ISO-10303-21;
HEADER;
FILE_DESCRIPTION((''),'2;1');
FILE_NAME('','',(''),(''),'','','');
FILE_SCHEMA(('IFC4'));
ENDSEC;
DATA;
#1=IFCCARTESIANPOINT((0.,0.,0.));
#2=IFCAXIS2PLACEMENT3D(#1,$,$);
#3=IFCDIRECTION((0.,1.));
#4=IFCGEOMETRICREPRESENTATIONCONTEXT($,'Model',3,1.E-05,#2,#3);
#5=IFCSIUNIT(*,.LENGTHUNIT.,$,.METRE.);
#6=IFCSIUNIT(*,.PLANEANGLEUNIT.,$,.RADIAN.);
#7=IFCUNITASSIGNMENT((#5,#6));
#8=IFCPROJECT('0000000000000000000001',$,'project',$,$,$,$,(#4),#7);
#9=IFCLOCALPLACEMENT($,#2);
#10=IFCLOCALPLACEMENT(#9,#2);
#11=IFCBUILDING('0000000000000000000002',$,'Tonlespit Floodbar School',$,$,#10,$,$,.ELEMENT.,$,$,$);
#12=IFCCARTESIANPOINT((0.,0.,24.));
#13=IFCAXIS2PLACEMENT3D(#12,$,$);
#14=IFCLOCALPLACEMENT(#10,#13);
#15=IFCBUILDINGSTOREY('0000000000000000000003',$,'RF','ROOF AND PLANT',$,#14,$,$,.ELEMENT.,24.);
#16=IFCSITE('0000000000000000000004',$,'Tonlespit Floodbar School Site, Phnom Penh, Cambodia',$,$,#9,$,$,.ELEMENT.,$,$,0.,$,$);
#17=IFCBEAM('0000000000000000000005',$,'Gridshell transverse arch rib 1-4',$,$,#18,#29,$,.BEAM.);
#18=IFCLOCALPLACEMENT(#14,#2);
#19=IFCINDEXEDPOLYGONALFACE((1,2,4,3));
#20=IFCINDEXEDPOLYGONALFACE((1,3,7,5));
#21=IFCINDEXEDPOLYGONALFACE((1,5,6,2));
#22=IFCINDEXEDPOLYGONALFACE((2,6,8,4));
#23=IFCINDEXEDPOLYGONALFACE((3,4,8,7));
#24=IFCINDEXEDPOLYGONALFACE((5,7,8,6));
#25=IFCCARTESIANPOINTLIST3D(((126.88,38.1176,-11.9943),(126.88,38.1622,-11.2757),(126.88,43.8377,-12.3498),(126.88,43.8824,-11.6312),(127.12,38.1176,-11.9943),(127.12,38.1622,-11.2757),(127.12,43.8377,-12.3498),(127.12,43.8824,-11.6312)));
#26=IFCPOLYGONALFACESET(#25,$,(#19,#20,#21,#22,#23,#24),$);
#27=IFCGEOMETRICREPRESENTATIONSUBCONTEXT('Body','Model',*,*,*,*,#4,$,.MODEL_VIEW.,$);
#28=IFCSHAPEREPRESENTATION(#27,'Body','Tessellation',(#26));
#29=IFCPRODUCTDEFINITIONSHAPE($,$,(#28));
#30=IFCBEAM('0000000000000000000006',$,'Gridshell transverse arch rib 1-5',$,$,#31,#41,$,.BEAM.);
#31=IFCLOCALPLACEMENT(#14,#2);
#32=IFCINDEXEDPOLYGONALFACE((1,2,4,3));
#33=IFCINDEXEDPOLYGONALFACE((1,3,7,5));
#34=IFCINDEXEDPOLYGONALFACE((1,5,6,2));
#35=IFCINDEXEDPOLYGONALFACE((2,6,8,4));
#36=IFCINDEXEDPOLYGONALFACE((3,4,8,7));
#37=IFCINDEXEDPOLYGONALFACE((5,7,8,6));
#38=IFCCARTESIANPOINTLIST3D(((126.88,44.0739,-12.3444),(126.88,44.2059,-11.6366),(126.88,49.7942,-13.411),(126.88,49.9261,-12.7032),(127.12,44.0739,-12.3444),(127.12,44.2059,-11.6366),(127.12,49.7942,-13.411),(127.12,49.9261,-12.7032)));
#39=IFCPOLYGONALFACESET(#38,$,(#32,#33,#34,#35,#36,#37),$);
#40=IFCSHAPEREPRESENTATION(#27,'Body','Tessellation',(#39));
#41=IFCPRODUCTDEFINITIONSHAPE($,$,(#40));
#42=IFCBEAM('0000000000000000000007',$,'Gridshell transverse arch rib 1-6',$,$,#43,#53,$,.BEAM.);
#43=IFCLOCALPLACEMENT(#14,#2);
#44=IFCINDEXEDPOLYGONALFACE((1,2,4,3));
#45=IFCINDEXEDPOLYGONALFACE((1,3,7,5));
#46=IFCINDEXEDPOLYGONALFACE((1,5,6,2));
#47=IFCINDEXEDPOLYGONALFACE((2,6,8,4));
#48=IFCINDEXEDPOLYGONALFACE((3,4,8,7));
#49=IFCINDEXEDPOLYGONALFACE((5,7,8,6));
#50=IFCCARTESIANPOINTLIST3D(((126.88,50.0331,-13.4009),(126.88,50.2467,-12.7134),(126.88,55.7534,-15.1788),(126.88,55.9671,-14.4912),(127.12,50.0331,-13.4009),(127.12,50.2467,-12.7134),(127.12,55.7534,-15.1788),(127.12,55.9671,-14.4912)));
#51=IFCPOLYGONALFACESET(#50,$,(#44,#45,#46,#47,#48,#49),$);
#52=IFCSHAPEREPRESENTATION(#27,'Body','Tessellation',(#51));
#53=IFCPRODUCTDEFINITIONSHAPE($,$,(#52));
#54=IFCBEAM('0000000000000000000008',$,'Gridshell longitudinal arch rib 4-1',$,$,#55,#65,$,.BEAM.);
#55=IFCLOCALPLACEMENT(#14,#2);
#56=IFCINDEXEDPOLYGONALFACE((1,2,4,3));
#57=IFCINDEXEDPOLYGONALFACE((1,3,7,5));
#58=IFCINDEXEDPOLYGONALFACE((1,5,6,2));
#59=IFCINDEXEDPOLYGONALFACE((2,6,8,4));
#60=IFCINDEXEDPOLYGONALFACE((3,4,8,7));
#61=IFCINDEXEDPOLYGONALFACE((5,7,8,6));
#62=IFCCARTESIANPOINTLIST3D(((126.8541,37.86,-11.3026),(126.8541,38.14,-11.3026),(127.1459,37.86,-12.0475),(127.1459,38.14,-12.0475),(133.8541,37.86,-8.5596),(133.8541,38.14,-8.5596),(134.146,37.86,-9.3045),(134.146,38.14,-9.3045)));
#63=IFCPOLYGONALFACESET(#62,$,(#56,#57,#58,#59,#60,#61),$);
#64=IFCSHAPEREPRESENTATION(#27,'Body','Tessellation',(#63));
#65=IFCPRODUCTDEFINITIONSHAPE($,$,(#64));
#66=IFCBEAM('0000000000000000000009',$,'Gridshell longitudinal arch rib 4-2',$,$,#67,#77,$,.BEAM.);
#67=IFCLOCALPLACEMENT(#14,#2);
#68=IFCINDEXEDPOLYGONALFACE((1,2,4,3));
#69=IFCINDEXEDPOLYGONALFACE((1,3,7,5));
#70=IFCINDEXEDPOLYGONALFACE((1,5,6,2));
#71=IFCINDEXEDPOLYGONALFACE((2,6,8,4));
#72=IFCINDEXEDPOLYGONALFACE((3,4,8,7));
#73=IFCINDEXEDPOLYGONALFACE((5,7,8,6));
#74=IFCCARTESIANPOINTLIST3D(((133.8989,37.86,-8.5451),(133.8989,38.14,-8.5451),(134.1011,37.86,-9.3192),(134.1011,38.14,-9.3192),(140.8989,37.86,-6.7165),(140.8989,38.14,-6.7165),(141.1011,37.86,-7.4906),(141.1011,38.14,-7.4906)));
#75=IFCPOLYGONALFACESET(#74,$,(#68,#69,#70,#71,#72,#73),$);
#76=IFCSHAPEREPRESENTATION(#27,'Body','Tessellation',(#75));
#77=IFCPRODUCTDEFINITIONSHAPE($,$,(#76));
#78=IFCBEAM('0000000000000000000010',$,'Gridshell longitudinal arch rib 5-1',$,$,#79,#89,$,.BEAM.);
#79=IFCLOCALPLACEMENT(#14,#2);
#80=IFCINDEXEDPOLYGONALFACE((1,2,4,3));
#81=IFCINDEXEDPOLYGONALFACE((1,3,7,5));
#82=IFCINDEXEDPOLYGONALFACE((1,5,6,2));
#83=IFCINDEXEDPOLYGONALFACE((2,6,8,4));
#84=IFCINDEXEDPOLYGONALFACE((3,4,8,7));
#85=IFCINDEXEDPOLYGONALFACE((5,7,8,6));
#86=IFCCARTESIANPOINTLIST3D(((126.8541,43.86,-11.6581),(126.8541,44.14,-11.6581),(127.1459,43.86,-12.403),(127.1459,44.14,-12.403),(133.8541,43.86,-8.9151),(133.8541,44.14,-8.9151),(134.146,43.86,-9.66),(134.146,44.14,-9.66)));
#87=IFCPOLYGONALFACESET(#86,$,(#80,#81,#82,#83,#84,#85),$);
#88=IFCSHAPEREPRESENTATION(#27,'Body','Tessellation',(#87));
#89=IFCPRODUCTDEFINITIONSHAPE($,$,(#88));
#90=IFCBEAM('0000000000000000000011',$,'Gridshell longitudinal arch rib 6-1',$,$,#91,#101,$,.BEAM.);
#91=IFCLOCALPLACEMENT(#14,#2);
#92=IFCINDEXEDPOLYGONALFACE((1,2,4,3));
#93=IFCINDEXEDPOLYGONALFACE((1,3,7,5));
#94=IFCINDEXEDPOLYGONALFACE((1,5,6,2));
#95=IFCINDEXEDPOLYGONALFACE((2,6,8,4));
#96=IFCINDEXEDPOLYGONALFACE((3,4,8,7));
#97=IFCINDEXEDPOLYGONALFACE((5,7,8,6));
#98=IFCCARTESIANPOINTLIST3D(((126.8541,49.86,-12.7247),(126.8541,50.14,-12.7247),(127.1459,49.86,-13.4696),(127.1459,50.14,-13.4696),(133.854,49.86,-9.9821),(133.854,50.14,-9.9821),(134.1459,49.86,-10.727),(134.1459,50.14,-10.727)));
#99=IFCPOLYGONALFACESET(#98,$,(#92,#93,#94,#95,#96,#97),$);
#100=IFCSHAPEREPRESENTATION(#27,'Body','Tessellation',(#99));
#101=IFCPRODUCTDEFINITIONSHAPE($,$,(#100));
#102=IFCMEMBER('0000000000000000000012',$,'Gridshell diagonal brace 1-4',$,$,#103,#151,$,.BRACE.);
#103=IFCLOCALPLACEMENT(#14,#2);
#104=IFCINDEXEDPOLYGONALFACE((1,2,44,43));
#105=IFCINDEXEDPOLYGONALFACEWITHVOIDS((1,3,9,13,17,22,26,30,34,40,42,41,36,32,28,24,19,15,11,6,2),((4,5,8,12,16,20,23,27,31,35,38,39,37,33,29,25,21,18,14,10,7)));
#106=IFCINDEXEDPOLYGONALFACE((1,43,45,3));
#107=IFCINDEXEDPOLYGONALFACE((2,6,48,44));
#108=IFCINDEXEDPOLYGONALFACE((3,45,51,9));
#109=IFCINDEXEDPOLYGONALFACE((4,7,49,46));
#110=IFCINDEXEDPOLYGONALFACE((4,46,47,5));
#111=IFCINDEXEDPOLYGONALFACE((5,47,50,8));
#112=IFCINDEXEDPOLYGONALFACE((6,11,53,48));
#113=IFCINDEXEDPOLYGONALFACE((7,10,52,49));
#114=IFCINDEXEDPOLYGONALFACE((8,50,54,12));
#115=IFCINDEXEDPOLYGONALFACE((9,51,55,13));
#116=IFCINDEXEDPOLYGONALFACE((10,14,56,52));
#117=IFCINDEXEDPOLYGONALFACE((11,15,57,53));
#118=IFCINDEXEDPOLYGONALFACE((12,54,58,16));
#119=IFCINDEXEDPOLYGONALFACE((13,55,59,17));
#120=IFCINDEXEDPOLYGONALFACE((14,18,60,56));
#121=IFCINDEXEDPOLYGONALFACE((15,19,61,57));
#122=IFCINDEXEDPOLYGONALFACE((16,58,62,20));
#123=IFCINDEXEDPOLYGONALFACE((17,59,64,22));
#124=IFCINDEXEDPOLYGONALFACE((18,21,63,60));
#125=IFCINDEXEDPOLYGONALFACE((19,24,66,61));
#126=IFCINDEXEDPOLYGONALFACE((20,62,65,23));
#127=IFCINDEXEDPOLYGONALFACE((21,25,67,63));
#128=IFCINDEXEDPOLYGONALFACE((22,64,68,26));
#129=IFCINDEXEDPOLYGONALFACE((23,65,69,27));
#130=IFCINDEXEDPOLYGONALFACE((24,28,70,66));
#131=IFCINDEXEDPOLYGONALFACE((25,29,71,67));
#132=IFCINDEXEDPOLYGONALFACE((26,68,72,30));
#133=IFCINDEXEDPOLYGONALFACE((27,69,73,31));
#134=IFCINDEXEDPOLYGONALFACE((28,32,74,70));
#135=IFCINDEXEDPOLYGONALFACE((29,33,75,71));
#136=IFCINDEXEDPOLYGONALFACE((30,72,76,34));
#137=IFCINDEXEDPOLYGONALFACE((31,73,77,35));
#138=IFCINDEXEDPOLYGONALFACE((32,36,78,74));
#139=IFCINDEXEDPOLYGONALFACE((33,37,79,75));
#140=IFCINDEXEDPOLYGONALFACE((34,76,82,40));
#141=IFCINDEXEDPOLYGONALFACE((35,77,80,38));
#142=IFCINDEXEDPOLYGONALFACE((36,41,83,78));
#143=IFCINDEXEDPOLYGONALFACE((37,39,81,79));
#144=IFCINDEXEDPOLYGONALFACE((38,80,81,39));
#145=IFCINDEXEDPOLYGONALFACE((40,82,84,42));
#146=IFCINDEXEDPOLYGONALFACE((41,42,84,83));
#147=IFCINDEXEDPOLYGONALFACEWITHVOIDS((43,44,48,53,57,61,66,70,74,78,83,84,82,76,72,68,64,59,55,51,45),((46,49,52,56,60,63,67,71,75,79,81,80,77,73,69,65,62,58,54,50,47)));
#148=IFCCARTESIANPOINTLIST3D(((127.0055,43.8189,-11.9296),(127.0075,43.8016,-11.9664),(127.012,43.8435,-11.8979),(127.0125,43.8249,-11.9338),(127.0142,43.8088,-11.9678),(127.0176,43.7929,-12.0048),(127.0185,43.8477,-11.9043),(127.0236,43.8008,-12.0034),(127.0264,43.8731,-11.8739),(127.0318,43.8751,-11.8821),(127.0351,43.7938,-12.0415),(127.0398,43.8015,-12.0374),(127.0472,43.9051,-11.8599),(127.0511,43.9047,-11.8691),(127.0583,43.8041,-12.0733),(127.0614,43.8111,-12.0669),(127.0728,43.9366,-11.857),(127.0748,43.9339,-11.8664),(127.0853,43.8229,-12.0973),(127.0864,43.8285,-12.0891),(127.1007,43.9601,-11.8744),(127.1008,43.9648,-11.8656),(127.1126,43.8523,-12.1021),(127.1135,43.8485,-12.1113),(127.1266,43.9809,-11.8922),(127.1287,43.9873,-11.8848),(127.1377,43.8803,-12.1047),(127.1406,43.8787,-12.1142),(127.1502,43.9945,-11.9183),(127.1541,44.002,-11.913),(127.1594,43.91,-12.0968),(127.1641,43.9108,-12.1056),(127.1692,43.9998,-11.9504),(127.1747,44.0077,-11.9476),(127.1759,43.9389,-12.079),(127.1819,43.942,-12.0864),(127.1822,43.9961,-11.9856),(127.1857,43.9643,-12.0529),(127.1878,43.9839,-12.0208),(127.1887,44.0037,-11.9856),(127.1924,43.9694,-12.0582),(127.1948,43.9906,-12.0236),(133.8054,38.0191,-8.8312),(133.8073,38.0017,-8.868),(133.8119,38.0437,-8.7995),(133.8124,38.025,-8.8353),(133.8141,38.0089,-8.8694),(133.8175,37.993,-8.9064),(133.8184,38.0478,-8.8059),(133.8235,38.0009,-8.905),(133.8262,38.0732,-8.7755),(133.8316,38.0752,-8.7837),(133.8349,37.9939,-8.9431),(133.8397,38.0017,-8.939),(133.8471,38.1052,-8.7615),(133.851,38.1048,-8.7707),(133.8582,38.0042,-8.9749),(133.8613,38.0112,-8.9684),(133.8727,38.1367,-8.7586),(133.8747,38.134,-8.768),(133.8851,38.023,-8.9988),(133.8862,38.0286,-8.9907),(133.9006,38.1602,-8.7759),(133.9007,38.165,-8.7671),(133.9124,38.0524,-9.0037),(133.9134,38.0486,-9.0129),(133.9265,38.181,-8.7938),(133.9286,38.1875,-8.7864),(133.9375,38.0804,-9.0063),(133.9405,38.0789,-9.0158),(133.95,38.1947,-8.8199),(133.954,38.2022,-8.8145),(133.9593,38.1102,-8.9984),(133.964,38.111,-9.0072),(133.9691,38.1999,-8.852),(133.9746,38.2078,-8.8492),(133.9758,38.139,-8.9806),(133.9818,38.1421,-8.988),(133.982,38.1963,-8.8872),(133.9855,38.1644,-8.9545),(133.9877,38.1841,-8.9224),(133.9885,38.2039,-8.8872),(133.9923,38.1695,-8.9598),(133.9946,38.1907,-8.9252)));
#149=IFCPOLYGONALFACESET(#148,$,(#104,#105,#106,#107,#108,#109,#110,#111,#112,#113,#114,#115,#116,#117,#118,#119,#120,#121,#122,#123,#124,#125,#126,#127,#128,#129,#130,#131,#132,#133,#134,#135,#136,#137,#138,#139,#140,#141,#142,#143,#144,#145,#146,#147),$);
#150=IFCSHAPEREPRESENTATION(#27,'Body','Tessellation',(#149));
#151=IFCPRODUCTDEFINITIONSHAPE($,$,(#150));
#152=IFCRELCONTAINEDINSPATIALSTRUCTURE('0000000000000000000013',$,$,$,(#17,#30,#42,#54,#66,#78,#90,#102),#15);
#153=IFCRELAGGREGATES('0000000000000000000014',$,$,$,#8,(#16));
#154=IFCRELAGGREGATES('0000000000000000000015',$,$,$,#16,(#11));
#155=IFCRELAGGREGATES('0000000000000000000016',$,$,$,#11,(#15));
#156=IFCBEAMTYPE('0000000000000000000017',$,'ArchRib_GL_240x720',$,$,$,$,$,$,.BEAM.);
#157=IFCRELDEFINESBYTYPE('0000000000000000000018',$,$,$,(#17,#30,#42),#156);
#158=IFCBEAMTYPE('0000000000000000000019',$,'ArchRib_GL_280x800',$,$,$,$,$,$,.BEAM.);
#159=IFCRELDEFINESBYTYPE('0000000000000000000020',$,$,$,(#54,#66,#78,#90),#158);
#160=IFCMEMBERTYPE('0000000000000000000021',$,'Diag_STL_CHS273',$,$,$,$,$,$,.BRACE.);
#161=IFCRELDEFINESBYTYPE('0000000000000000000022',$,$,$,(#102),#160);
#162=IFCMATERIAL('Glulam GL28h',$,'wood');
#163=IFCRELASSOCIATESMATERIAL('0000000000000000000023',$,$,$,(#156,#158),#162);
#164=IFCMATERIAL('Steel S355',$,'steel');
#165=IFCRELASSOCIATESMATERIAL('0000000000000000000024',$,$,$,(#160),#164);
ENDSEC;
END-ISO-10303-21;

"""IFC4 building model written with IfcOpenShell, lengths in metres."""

from ifc_helpers import new_model, si_unit, direction, frame, origin, origin_2d, place, context, subcontext, project, spatial, rectangle, hollow_circle, extrude, material, material_profile, profile_set, type_object, element, save


model = new_model("IFC4")

# Units and contexts
model_context = context("Model", 3, precision=1e-05, world=origin(), true_north=direction((0.0, 1.0)))
body_context = subcontext(model_context, "Body", "Model", "MODEL_VIEW")
ifc_project = project(units=[si_unit("LENGTHUNIT", "METRE"), si_unit("PLANEANGLEUNIT", "RADIAN")], contexts=[model_context])

# Site, building, storey
site_placement = place(None, origin())
site = spatial("IfcSite", under=ifc_project, at=site_placement, Name="Tonlespit Floodbar School Site, Phnom Penh, Cambodia", CompositionType="ELEMENT", RefElevation=0.0)
building_placement = place(site_placement, origin())
building = spatial("IfcBuilding", under=site, at=building_placement, Name="Tonlespit Floodbar School", CompositionType="ELEMENT")
storey_placement = place(building_placement, frame((0.0, 0.0, 24.0)))
storey = spatial("IfcBuildingStorey", under=building, at=storey_placement, Name="RF", Description="ROOF AND PLANT", CompositionType="ELEMENT", Elevation=24.0)

# Beams
ifc_material_1 = material(Name="Glulam GL28h", Category="wood")
ifc_material_profile_1 = material_profile(ifc_material_1, rectangle(XDim=0.24, YDim=0.72, at=origin_2d()), Name="GL 240x720")
ifc_profile_set_1 = profile_set([ifc_material_profile_1], Name="Glulam GL28h")
beam_type_1 = type_object("IfcBeamType", Name="ArchRib_GL_240x720", PredefinedType="BEAM", material=ifc_profile_set_1)
beam_1_placement = place(storey_placement, frame((127.0, 38.1399, -11.635), z_axis=(0.0, 0.998075, -0.062023), x_axis=(-1.0, 0.0, 0.0)))
element("IfcBeam", 1, at=beam_1_placement, inside=storey, type_object=beam_type_1, Name="Gridshell transverse arch rib 1-4", PredefinedType="BEAM", context=body_context, shape_type="SweptSolid", body=[
    extrude(rectangle(XDim=0.24, YDim=0.72, at=origin_2d()), origin(), (0.0, 0.0, 1.0), 5.7312),
])
beam_2_placement = place(storey_placement, frame((127.0, 44.1399, -11.9905), z_axis=(0.0, 0.983055, -0.183311), x_axis=(-1.0, 0.0, 0.0)))
element("IfcBeam", 2, at=beam_2_placement, inside=storey, type_object=beam_type_1, Name="Gridshell transverse arch rib 1-5", PredefinedType="BEAM", context=body_context, shape_type="SweptSolid", body=[
    extrude(rectangle(XDim=0.24, YDim=0.72, at=origin_2d()), origin(), (0.0, 0.0, 1.0), 5.8188),
])
beam_3_placement = place(storey_placement, frame((127.0, 50.1399, -13.0571), z_axis=(0.0, 0.954942, -0.296794), x_axis=(-1.0, 0.0, 0.0)))
element("IfcBeam", 3, at=beam_3_placement, inside=storey, type_object=beam_type_1, Name="Gridshell transverse arch rib 1-6", PredefinedType="BEAM", context=body_context, shape_type="SweptSolid", body=[
    extrude(rectangle(XDim=0.24, YDim=0.72, at=origin_2d()), origin(), (0.0, 0.0, 1.0), 5.9902),
])
ifc_material_profile_2 = material_profile(ifc_material_1, rectangle(XDim=0.28, YDim=0.8, at=origin_2d()), Name="GL 280x800")
ifc_profile_set_2 = profile_set([ifc_material_profile_2], Name="Glulam GL28h")
beam_type_2 = type_object("IfcBeamType", Name="ArchRib_GL_280x800", PredefinedType="BEAM", material=ifc_profile_set_2)
beam_4_placement = place(storey_placement, frame((127.0, 38.0, -11.675), z_axis=(0.931072, 0.0, 0.364836), x_axis=(0.0, 1.0, 0.0)))
element("IfcBeam", 4, at=beam_4_placement, inside=storey, type_object=beam_type_2, Name="Gridshell longitudinal arch rib 4-1", PredefinedType="BEAM", context=body_context, shape_type="SweptSolid", body=[
    extrude(rectangle(XDim=0.28, YDim=0.8, at=origin_2d()), origin(), (0.0, 0.0, 1.0), 7.5183),
])
beam_5_placement = place(storey_placement, frame((134.0, 38.0, -8.9321), z_axis=(0.967532, 0.0, 0.252749), x_axis=(0.0, 1.0, 0.0)))
element("IfcBeam", 5, at=beam_5_placement, inside=storey, type_object=beam_type_2, Name="Gridshell longitudinal arch rib 4-2", PredefinedType="BEAM", context=body_context, shape_type="SweptSolid", body=[
    extrude(rectangle(XDim=0.28, YDim=0.8, at=origin_2d()), origin(), (0.0, 0.0, 1.0), 7.2349),
])
beam_6_placement = place(storey_placement, frame((127.0, 44.0, -12.0305), z_axis=(0.931072, 0.0, 0.364836), x_axis=(0.0, 1.0, 0.0)))
element("IfcBeam", 6, at=beam_6_placement, inside=storey, type_object=beam_type_2, Name="Gridshell longitudinal arch rib 5-1", PredefinedType="BEAM", context=body_context, shape_type="SweptSolid", body=[
    extrude(rectangle(XDim=0.28, YDim=0.8, at=origin_2d()), origin(), (0.0, 0.0, 1.0), 7.5183),
])
beam_7_placement = place(storey_placement, frame((127.0, 50.0, -13.0972), z_axis=(0.931083, 0.0, 0.364808), x_axis=(0.0, 1.0, 0.0)))
element("IfcBeam", 7, at=beam_7_placement, inside=storey, type_object=beam_type_2, Name="Gridshell longitudinal arch rib 6-1", PredefinedType="BEAM", context=body_context, shape_type="SweptSolid", body=[
    extrude(rectangle(XDim=0.28, YDim=0.8, at=origin_2d()), origin(), (0.0, 0.0, 1.0), 7.5181),
])

# Member
ifc_material_2 = material(Name="Steel S355", Category="steel")
ifc_material_profile_3 = material_profile(ifc_material_2, hollow_circle(Radius=0.1365, WallThickness=0.01, at=origin_2d()), Name="CHS 273x10")
ifc_profile_set_3 = profile_set([ifc_material_profile_3], Name="Steel S355")
member_type = type_object("IfcMemberType", Name="Diag_STL_CHS273", PredefinedType="BRACE", material=ifc_profile_set_3)
member_1_placement = place(storey_placement, frame((127.1001, 43.8999, -11.9856), z_axis=(0.718862, -0.613144, 0.327555), x_axis=(0.648945, 0.760836, 0.0)))
element("IfcMember", 8, at=member_1_placement, inside=storey, type_object=member_type, Name="Gridshell diagonal brace 1-4", PredefinedType="BRACE", context=body_context, shape_type="SweptSolid", body=[
    extrude(hollow_circle(Radius=0.1365, WallThickness=0.01, at=origin_2d()), origin(), (0.0, 0.0, 1.0), 9.4592),
])

save(model, "model.ifc")
